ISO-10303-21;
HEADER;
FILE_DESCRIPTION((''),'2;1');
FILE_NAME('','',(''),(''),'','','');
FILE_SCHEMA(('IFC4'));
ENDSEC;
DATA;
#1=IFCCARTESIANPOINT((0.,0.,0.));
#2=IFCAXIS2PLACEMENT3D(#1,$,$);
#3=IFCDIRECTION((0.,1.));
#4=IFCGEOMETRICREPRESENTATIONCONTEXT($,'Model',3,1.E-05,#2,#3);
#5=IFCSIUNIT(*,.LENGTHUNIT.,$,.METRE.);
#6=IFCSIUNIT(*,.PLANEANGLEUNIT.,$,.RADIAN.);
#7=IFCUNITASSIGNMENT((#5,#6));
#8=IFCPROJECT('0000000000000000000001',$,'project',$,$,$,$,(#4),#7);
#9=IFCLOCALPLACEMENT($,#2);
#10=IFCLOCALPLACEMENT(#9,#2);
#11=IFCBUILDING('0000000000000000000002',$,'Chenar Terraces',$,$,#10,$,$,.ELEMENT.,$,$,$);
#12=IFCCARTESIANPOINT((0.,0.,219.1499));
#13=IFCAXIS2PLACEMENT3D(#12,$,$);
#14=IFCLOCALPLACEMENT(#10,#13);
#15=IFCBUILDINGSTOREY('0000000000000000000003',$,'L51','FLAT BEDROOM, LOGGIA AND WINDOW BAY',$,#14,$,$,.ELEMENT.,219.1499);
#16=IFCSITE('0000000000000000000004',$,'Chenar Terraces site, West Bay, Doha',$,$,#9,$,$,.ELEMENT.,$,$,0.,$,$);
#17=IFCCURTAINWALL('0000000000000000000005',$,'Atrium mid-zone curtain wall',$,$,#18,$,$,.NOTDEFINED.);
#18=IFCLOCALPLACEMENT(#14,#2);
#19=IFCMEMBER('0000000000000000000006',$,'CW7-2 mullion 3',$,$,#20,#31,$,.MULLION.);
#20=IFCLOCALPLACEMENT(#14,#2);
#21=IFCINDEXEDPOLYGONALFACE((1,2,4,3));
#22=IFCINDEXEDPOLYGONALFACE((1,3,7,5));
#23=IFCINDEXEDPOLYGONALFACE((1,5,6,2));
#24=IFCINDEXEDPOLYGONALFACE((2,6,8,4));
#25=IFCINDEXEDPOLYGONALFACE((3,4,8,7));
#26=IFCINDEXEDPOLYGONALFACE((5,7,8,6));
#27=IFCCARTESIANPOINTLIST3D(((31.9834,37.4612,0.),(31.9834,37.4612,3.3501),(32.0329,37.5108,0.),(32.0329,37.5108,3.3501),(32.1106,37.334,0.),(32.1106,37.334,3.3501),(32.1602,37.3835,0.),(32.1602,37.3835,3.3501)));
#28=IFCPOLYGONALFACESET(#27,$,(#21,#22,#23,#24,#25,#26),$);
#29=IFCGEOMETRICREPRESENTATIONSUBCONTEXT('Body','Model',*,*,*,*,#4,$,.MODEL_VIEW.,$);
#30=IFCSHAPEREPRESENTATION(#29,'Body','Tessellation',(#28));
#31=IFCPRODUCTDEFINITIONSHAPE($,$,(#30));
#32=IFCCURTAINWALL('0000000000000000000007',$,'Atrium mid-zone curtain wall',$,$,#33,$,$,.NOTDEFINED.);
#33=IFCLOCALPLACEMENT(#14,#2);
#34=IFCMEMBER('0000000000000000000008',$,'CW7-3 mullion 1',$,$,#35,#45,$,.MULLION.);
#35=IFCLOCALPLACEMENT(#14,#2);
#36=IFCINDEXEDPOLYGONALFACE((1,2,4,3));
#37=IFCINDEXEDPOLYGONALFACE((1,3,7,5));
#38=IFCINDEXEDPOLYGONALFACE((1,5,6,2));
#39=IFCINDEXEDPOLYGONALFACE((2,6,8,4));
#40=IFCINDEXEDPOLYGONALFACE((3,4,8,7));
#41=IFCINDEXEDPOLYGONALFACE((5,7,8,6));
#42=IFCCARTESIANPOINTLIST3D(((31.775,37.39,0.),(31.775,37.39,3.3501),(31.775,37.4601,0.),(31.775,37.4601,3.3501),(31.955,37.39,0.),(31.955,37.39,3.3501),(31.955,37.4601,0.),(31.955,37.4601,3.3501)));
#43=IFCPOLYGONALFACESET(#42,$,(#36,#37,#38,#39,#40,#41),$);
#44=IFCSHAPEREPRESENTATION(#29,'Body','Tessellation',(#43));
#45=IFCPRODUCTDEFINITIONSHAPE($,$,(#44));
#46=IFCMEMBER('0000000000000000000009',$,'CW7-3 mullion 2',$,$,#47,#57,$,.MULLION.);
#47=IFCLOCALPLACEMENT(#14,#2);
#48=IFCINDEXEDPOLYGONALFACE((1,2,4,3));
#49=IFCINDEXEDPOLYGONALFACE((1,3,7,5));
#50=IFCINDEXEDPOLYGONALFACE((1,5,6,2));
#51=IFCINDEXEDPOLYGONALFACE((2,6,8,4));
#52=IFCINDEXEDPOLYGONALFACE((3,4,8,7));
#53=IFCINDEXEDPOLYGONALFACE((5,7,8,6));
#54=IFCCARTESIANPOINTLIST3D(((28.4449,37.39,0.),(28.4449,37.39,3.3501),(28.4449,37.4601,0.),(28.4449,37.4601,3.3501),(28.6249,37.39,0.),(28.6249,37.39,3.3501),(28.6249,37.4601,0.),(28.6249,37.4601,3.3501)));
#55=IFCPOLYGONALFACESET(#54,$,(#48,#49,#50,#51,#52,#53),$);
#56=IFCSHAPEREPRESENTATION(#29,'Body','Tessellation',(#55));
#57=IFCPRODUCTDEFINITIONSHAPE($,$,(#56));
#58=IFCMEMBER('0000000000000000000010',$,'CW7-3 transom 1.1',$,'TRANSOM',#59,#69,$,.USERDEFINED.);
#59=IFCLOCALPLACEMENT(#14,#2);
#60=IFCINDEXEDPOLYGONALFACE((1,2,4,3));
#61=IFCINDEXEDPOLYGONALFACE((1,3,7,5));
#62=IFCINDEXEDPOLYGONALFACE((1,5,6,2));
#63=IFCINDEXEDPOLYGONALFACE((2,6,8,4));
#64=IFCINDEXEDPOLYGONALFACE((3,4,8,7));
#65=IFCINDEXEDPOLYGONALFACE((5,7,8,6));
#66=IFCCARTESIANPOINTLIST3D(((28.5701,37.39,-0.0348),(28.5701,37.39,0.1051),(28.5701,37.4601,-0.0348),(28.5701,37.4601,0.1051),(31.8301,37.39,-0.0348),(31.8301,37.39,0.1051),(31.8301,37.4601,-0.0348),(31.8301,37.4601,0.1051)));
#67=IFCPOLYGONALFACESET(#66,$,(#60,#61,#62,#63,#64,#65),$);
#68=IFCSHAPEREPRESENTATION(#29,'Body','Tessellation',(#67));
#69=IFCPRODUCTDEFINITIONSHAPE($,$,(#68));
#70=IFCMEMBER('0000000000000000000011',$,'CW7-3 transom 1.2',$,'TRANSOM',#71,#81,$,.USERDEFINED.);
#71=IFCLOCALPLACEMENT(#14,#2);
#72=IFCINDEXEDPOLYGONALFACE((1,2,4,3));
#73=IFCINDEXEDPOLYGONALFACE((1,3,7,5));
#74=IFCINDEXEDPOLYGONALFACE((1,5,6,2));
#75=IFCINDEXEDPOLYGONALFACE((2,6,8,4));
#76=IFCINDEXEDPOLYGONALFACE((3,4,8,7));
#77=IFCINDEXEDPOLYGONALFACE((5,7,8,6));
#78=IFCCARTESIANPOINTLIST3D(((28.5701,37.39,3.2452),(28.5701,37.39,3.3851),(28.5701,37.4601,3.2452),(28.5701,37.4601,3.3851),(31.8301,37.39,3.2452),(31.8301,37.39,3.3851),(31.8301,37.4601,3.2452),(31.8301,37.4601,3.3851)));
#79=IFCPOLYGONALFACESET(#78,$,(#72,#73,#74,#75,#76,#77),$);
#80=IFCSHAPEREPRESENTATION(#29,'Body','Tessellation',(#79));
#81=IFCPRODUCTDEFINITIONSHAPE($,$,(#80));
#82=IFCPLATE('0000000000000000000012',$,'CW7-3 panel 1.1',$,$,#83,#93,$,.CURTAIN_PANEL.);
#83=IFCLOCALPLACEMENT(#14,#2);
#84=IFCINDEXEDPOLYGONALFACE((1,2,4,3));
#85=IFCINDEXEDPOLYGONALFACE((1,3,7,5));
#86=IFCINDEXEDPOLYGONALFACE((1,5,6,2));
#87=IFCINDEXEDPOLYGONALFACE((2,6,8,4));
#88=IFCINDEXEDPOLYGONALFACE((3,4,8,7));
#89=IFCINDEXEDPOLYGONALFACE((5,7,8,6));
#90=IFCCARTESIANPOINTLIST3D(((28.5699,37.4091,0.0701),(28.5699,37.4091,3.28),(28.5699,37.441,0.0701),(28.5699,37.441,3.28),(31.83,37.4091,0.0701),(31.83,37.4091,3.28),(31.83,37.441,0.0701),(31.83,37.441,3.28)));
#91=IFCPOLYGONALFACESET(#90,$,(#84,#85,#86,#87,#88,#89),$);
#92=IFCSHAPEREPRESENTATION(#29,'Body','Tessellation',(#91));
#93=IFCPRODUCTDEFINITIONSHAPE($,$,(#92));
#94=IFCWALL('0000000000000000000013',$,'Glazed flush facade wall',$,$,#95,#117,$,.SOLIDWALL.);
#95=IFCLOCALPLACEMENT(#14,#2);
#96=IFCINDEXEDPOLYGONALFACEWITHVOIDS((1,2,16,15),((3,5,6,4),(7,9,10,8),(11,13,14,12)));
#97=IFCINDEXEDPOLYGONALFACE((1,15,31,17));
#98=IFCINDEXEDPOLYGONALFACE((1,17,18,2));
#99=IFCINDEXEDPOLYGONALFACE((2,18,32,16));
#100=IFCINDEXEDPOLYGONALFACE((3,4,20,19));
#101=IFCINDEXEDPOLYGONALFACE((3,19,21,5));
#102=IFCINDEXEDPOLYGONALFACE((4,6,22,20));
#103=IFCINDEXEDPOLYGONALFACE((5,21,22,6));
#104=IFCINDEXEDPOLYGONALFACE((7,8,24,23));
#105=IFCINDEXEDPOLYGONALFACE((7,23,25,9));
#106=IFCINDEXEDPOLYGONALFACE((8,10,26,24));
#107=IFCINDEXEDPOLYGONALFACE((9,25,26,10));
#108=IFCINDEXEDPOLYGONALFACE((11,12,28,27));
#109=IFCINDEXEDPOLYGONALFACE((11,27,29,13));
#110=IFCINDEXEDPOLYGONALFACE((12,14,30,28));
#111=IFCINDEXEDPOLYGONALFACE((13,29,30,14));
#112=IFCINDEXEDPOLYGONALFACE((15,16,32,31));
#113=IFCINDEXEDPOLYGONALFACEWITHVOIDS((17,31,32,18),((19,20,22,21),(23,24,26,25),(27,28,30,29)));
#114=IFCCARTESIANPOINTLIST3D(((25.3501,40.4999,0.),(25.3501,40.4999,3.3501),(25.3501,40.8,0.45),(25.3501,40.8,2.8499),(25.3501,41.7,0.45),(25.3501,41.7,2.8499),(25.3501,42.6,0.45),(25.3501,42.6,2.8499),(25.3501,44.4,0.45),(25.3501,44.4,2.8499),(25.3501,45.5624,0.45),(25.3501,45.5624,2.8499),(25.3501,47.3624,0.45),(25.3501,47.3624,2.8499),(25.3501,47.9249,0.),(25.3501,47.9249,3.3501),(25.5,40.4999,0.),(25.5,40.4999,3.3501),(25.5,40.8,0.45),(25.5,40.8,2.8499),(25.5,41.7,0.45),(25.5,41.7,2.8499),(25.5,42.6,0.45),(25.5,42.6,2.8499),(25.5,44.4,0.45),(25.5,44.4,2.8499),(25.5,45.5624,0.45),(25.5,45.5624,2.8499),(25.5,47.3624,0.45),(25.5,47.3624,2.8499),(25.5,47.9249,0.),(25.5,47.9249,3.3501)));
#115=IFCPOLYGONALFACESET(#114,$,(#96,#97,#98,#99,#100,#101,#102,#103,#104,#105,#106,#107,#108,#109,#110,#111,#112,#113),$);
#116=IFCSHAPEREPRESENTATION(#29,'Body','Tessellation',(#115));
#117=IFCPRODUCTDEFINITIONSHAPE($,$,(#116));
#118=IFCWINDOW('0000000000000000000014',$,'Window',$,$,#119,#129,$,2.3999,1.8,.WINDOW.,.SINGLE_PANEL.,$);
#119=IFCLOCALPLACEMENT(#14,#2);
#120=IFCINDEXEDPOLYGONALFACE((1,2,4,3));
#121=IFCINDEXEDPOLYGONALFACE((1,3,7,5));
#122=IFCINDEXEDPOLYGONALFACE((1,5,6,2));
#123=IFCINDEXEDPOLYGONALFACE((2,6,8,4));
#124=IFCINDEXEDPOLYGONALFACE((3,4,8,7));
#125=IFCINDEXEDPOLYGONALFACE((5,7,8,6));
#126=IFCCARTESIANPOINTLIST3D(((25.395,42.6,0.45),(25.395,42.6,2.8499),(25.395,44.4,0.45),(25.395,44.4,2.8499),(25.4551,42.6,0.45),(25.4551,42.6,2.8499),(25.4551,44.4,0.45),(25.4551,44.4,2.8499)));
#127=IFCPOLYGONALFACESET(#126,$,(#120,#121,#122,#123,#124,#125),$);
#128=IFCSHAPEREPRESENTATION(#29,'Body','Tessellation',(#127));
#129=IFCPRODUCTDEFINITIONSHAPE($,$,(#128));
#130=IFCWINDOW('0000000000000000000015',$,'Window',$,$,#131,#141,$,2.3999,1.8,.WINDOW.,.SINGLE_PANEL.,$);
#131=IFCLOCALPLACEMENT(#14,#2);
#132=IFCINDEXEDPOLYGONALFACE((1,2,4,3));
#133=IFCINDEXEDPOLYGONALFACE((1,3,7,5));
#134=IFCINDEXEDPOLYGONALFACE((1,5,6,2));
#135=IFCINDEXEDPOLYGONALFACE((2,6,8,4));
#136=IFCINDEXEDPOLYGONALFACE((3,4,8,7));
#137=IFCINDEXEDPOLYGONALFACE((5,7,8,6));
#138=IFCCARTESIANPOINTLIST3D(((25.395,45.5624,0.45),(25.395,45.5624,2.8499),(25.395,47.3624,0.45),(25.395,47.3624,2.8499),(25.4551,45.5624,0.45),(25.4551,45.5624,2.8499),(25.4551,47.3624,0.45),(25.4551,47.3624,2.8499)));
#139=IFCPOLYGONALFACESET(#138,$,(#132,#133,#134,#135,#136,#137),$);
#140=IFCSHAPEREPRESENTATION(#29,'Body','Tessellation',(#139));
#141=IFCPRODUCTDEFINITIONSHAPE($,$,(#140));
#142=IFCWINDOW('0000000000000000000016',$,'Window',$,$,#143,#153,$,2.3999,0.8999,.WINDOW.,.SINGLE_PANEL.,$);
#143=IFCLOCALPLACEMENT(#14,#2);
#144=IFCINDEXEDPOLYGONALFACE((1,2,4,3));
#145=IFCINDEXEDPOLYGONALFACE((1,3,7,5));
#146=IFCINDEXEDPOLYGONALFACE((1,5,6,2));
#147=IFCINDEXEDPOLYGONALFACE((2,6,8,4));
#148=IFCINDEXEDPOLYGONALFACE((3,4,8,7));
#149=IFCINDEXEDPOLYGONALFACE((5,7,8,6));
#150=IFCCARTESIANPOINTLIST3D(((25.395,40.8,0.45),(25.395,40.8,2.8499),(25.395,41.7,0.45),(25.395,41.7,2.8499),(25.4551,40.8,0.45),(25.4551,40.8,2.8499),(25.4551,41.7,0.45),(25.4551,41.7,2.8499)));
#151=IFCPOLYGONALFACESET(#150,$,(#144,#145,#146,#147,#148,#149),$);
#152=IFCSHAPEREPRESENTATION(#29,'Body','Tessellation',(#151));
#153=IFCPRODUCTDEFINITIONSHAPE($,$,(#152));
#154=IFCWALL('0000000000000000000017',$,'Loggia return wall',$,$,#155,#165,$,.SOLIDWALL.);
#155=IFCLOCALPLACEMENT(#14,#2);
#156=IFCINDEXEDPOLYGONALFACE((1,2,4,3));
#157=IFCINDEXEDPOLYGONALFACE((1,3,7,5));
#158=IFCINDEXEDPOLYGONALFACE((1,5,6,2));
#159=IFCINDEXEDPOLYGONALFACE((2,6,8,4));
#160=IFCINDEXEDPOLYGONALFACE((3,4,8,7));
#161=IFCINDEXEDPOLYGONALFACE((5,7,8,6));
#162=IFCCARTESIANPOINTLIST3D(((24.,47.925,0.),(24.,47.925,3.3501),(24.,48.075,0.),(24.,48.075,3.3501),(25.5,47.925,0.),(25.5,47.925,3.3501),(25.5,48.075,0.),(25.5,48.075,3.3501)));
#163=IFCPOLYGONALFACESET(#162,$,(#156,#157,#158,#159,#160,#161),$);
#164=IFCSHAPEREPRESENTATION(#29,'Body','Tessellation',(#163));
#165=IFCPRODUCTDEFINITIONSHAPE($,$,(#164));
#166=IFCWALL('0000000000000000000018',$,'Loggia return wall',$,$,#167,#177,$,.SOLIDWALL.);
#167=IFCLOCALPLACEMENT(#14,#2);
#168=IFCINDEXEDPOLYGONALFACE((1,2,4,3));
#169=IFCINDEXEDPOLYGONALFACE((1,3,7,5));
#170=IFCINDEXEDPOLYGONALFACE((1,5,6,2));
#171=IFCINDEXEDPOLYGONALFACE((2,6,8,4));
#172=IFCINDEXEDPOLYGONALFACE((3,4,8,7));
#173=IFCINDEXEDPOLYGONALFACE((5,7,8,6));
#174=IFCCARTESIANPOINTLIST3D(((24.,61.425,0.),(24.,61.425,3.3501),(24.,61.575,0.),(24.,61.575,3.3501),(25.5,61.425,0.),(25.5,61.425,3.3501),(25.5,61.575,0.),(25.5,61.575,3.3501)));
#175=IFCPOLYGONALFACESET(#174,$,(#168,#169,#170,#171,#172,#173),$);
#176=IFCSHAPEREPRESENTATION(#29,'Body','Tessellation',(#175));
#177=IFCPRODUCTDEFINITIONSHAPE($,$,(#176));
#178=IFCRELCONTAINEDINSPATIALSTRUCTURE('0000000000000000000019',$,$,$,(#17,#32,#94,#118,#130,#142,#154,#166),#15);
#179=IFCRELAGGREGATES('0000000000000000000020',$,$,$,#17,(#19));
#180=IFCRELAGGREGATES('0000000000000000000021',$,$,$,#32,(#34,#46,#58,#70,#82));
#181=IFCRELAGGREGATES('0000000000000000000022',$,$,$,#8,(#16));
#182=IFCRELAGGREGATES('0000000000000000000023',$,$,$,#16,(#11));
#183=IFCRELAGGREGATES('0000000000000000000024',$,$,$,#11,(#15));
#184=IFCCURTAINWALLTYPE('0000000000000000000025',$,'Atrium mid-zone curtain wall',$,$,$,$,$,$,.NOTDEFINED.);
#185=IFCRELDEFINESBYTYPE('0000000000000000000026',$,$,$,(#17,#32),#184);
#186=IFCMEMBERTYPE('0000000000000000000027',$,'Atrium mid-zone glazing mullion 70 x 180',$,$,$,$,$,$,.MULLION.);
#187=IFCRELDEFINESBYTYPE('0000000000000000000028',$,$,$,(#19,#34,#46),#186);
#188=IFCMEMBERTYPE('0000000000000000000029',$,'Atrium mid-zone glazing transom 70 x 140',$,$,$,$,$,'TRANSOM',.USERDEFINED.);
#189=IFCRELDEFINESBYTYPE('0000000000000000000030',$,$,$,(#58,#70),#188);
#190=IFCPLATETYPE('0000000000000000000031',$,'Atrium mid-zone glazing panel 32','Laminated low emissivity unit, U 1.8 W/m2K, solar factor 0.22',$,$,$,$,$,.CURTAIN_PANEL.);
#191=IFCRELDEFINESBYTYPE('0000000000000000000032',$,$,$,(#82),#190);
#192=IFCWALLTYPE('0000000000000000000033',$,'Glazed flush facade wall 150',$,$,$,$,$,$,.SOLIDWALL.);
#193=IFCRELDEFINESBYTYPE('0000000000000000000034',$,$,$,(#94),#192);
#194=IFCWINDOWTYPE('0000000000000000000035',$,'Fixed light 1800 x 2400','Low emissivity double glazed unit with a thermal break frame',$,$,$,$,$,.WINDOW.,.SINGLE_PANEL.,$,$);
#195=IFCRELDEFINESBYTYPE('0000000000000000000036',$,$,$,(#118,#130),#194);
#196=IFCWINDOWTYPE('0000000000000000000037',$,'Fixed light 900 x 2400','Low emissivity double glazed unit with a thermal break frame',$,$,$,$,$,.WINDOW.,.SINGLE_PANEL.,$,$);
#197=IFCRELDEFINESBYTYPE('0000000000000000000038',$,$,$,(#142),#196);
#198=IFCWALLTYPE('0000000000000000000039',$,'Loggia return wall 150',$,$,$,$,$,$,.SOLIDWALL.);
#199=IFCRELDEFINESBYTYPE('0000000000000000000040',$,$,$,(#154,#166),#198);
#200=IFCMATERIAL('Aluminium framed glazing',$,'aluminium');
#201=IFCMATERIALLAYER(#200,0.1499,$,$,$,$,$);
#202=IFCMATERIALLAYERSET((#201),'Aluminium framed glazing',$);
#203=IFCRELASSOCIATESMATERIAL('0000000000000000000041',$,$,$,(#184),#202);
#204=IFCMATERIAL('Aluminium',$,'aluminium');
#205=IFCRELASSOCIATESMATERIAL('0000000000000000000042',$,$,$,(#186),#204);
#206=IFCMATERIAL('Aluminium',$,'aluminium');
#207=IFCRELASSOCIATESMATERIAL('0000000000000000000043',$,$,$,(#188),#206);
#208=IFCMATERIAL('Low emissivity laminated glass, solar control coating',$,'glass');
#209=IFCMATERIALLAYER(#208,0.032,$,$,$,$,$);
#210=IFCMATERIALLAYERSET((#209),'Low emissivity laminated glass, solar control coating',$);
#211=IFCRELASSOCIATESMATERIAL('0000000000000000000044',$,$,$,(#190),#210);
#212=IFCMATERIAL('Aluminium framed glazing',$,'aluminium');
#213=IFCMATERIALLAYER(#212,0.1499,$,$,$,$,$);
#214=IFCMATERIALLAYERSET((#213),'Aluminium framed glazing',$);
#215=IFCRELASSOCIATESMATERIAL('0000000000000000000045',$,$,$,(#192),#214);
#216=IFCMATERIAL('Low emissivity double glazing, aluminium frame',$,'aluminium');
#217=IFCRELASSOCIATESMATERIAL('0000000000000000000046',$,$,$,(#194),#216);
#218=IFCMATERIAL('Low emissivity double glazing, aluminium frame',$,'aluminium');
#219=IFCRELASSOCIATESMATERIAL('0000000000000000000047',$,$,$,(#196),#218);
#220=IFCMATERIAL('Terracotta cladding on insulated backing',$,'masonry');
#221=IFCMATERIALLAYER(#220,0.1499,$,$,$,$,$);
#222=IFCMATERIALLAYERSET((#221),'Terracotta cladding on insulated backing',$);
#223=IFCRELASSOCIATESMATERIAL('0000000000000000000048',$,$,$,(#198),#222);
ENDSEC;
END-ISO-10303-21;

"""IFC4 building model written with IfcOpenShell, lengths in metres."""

from ifc_helpers import new_model, si_unit, direction, frame, frame_2d, origin, origin_2d, place, context, subcontext, project, spatial, rectangle, extrude, material, layer, layer_set, material_profile, profile_set, type_object, element, fill, aggregate, save


model = new_model("IFC4")

# Units and contexts
model_context = context("Model", 3, precision=1e-05, world=origin(), true_north=direction((0.0, 1.0)))
body_context = subcontext(model_context, "Body", "Model", "MODEL_VIEW")
ifc_project = project(units=[si_unit("LENGTHUNIT", "METRE"), si_unit("PLANEANGLEUNIT", "RADIAN")], contexts=[model_context])

# Site, building, storey
site_placement = place(None, origin())
site = spatial("IfcSite", under=ifc_project, at=site_placement, Name="Chenar Terraces site, West Bay, Doha", CompositionType="ELEMENT", RefElevation=0.0)
building_placement = place(site_placement, origin())
building = spatial("IfcBuilding", under=site, at=building_placement, Name="Chenar Terraces", CompositionType="ELEMENT")
storey_placement = place(building_placement, frame((0.0, 0.0, 219.1499)))
storey = spatial("IfcBuildingStorey", under=building, at=storey_placement, Name="L51", Description="FLAT BEDROOM, LOGGIA AND WINDOW BAY", CompositionType="ELEMENT", Elevation=219.1499)

# Curtain wall, member
ifc_material_1 = material(Name="Aluminium framed glazing", Category="aluminium")
ifc_layer_1 = layer(ifc_material_1, 0.1499)
ifc_layer_set_1 = layer_set([ifc_layer_1], Name="Aluminium framed glazing")
curtain_wall_type = type_object("IfcCurtainWallType", Name="Atrium mid-zone curtain wall", PredefinedType="NOTDEFINED", material=ifc_layer_set_1)
placement = place(storey_placement, origin())
curtain_wall_1 = element("IfcCurtainWall", 1, at=placement, inside=storey, type_object=curtain_wall_type, Name="Atrium mid-zone curtain wall", PredefinedType="NOTDEFINED")
ifc_material_2 = material(Name="Aluminium", Category="aluminium")
ifc_material_profile_1 = material_profile(ifc_material_2, rectangle(XDim=0.0701, YDim=0.1799, at=origin_2d()), Name="Atrium mid-zone glazing mullion 70 x 180")
ifc_profile_set_1 = profile_set([ifc_material_profile_1], Name="Aluminium")
member_type_1 = type_object("IfcMemberType", Name="Atrium mid-zone glazing mullion 70 x 180", PredefinedType="MULLION", material=ifc_profile_set_1)
member_1_placement = place(storey_placement, frame((32.0718, 37.4224, 0.0), z_axis=(0.0, 0.0, 1.0), x_axis=(-0.707107, -0.707107, 0.0)))
member_1 = element("IfcMember", 2, at=member_1_placement, type_object=member_type_1, Name="CW7-2 mullion 3", PredefinedType="MULLION", context=body_context, shape_type="SweptSolid", body=[
    extrude(rectangle(XDim=0.0701, YDim=0.1799, at=origin_2d()), origin(), (0.0, 0.0, 1.0), 3.3501),
])
aggregate(curtain_wall_1, [member_1])

# Curtain wall, members, plate
curtain_wall_2 = element("IfcCurtainWall", 3, at=placement, inside=storey, type_object=curtain_wall_type, Name="Atrium mid-zone curtain wall", PredefinedType="NOTDEFINED")
member_2_placement = place(storey_placement, frame((31.865, 37.425, 0.0), z_axis=(0.0, 0.0, 1.0), x_axis=(0.0, -1.0, 0.0)))
member_2 = element("IfcMember", 4, at=member_2_placement, type_object=member_type_1, Name="CW7-3 mullion 1", PredefinedType="MULLION", context=body_context, shape_type="SweptSolid", body=[
    extrude(rectangle(XDim=0.0701, YDim=0.1799, at=origin_2d()), origin(), (0.0, 0.0, 1.0), 3.3501),
])
member_3_placement = place(storey_placement, frame((28.5349, 37.425, 0.0), z_axis=(0.0, 0.0, 1.0), x_axis=(0.0, -1.0, 0.0)))
member_3 = element("IfcMember", 5, at=member_3_placement, type_object=member_type_1, Name="CW7-3 mullion 2", PredefinedType="MULLION", context=body_context, shape_type="SweptSolid", body=[
    extrude(rectangle(XDim=0.0701, YDim=0.1799, at=origin_2d()), origin(), (0.0, 0.0, 1.0), 3.3501),
])
ifc_material_3 = material(Name="Aluminium", Category="aluminium")
ifc_material_profile_2 = material_profile(ifc_material_3, rectangle(XDim=0.0701, YDim=0.1399, at=origin_2d()), Name="Atrium mid-zone glazing transom 70 x 140")
ifc_profile_set_2 = profile_set([ifc_material_profile_2], Name="Aluminium")
member_type_2 = type_object("IfcMemberType", Name="Atrium mid-zone glazing transom 70 x 140", ElementType="TRANSOM", PredefinedType="USERDEFINED", material=ifc_profile_set_2)
member_4_placement = place(storey_placement, frame((31.8301, 37.425, 0.0352), z_axis=(-1.0, 0.0, 0.0), x_axis=(0.0, -1.0, 0.0)))
member_4 = element("IfcMember", 6, at=member_4_placement, type_object=member_type_2, Name="CW7-3 transom 1.1", ObjectType="TRANSOM", PredefinedType="USERDEFINED", context=body_context, shape_type="SweptSolid", body=[
    extrude(rectangle(XDim=0.0701, YDim=0.1399, at=origin_2d()), origin(), (0.0, 0.0, 1.0), 3.26),
])
member_5_placement = place(storey_placement, frame((31.8301, 37.425, 3.3152), z_axis=(-1.0, 0.0, 0.0), x_axis=(0.0, -1.0, 0.0)))
member_5 = element("IfcMember", 7, at=member_5_placement, type_object=member_type_2, Name="CW7-3 transom 1.2", ObjectType="TRANSOM", PredefinedType="USERDEFINED", context=body_context, shape_type="SweptSolid", body=[
    extrude(rectangle(XDim=0.0701, YDim=0.1399, at=origin_2d()), origin(), (0.0, 0.0, 1.0), 3.26),
])
ifc_material_4 = material(Name="Low emissivity laminated glass, solar control coating", Category="glass")
ifc_layer_2 = layer(ifc_material_4, 0.032)
ifc_layer_set_2 = layer_set([ifc_layer_2], Name="Low emissivity laminated glass, solar control coating")
plate_type = type_object("IfcPlateType", Name="Atrium mid-zone glazing panel 32", Description="Laminated low emissivity unit, U 1.8 W/m2K, solar factor 0.22", PredefinedType="CURTAIN_PANEL", material=ifc_layer_set_2)
plate_placement = place(storey_placement, frame((30.2, 37.425, 0.0701), z_axis=(0.0, 0.0, 1.0), x_axis=(-1.0, 0.0, 0.0)))
plate = element("IfcPlate", 8, at=plate_placement, type_object=plate_type, Name="CW7-3 panel 1.1", PredefinedType="CURTAIN_PANEL", context=body_context, shape_type="SweptSolid", body=[
    extrude(rectangle(XDim=3.26, YDim=0.032, at=origin_2d()), origin(), (0.0, 0.0, 1.0), 3.21),
])
aggregate(curtain_wall_2, [member_2, member_3, member_4, member_5, plate])

# Wall, openings, windows
ifc_material_5 = material(Name="Aluminium framed glazing", Category="aluminium")
ifc_layer_3 = layer(ifc_material_5, 0.1499)
ifc_layer_set_3 = layer_set([ifc_layer_3], Name="Aluminium framed glazing")
wall_type_1 = type_object("IfcWallType", Name="Glazed flush facade wall 150", PredefinedType="SOLIDWALL", material=ifc_layer_set_3)
wall_1_placement = place(storey_placement, frame((25.425, 40.5, 0.0), z_axis=(0.0, 0.0, 1.0), x_axis=(0.0, 1.0, 0.0)))
wall_1 = element("IfcWall", 9, at=wall_1_placement, inside=storey, type_object=wall_type_1, Name="Glazed flush facade wall", PredefinedType="SOLIDWALL", context=body_context, shape_type="SweptSolid", body=[
    extrude(rectangle(XDim=7.425, YDim=0.1499, at=frame_2d((3.7124, 0.0))), origin(), (0.0, 0.0, 1.0), 3.3501),
])
opening_1_placement = place(wall_1_placement, frame((0.3, 0.0, 0.45)))
opening_1 = element("IfcOpeningElement", 10, at=opening_1_placement, cuts=wall_1, PredefinedType="OPENING", context=body_context, shape_type="SweptSolid", body=[
    extrude(rectangle(XDim=0.8999, YDim=2.3999, at=frame_2d((0.45, 1.2))), frame((0.0, 0.085, 0.0), z_axis=(0.0, -1.0, 0.0), x_axis=(1.0, 0.0, 0.0)), (0.0, 0.0, 1.0), 0.1699),
])
opening_2_placement = place(wall_1_placement, frame((2.1001, 0.0, 0.45)))
opening_2 = element("IfcOpeningElement", 11, at=opening_2_placement, cuts=wall_1, PredefinedType="OPENING", context=body_context, shape_type="SweptSolid", body=[
    extrude(rectangle(XDim=1.8, YDim=2.3999, at=frame_2d((0.8999, 1.2))), frame((0.0, 0.085, 0.0), z_axis=(0.0, -1.0, 0.0), x_axis=(1.0, 0.0, 0.0)), (0.0, 0.0, 1.0), 0.1699),
])
opening_3_placement = place(wall_1_placement, frame((5.0625, 0.0, 0.45)))
opening_3 = element("IfcOpeningElement", 12, at=opening_3_placement, cuts=wall_1, PredefinedType="OPENING", context=body_context, shape_type="SweptSolid", body=[
    extrude(rectangle(XDim=1.8, YDim=2.3999, at=frame_2d((0.8999, 1.2))), frame((0.0, 0.085, 0.0), z_axis=(0.0, -1.0, 0.0), x_axis=(1.0, 0.0, 0.0)), (0.0, 0.0, 1.0), 0.1699),
])
ifc_material_6 = material(Name="Low emissivity double glazing, aluminium frame", Category="aluminium")
window_type_1 = type_object("IfcWindowType", Name="Fixed light 1800 x 2400", Description="Low emissivity double glazed unit with a thermal break frame", PartitioningType="SINGLE_PANEL", PredefinedType="WINDOW", material=ifc_material_6)
window_1_placement = place(opening_2_placement, origin())
window_1 = element("IfcWindow", 13, at=window_1_placement, inside=storey, type_object=window_type_1, Name="Window", OverallHeight=2.3999, OverallWidth=1.8, PartitioningType="SINGLE_PANEL", PredefinedType="WINDOW", context=body_context, shape_type="SweptSolid", body=[
    extrude(rectangle(XDim=1.8, YDim=2.3999, at=frame_2d((0.8999, 1.2))), frame((0.0, 0.03, 0.0), z_axis=(0.0, -1.0, 0.0), x_axis=(1.0, 0.0, 0.0)), (0.0, 0.0, 1.0), 0.0601),
])
fill(opening_2, window_1)
window_2_placement = place(opening_3_placement, origin())
window_2 = element("IfcWindow", 14, at=window_2_placement, inside=storey, type_object=window_type_1, Name="Window", OverallHeight=2.3999, OverallWidth=1.8, PartitioningType="SINGLE_PANEL", PredefinedType="WINDOW", context=body_context, shape_type="SweptSolid", body=[
    extrude(rectangle(XDim=1.8, YDim=2.3999, at=frame_2d((0.8999, 1.2))), frame((0.0, 0.03, 0.0), z_axis=(0.0, -1.0, 0.0), x_axis=(1.0, 0.0, 0.0)), (0.0, 0.0, 1.0), 0.0601),
])
fill(opening_3, window_2)
ifc_material_7 = material(Name="Low emissivity double glazing, aluminium frame", Category="aluminium")
window_type_2 = type_object("IfcWindowType", Name="Fixed light 900 x 2400", Description="Low emissivity double glazed unit with a thermal break frame", PartitioningType="SINGLE_PANEL", PredefinedType="WINDOW", material=ifc_material_7)
window_3_placement = place(opening_1_placement, origin())
window_3 = element("IfcWindow", 15, at=window_3_placement, inside=storey, type_object=window_type_2, Name="Window", OverallHeight=2.3999, OverallWidth=0.8999, PartitioningType="SINGLE_PANEL", PredefinedType="WINDOW", context=body_context, shape_type="SweptSolid", body=[
    extrude(rectangle(XDim=0.8999, YDim=2.3999, at=frame_2d((0.45, 1.2))), frame((0.0, 0.03, 0.0), z_axis=(0.0, -1.0, 0.0), x_axis=(1.0, 0.0, 0.0)), (0.0, 0.0, 1.0), 0.0601),
])
fill(opening_1, window_3)

# Walls
ifc_material_8 = material(Name="Terracotta cladding on insulated backing", Category="masonry")
ifc_layer_4 = layer(ifc_material_8, 0.1499)
ifc_layer_set_4 = layer_set([ifc_layer_4], Name="Terracotta cladding on insulated backing")
wall_type_2 = type_object("IfcWallType", Name="Loggia return wall 150", PredefinedType="SOLIDWALL", material=ifc_layer_set_4)
for number, where, z_axis, x_axis, name in (
    (16, (25.5, 48.0, 0.0), (0.0, 0.0, 1.0), (-1.0, 0.0, 0.0), "Loggia return wall"),
    (17, (25.5, 61.5, 0.0), (0.0, 0.0, 1.0), (-1.0, 0.0, 0.0), "Loggia return wall"),
):
    element("IfcWall", number, at=place(storey_placement, frame(where, z_axis=z_axis, x_axis=x_axis)), inside=storey, type_object=wall_type_2, Name=name, PredefinedType="SOLIDWALL", context=body_context, shape_type="SweptSolid", body=[
        extrude(rectangle(XDim=1.5, YDim=0.1499, at=frame_2d((0.75, 0.0))), origin(), (0.0, 0.0, 1.0), 3.3501),
    ])

save(model, "model.ifc")
